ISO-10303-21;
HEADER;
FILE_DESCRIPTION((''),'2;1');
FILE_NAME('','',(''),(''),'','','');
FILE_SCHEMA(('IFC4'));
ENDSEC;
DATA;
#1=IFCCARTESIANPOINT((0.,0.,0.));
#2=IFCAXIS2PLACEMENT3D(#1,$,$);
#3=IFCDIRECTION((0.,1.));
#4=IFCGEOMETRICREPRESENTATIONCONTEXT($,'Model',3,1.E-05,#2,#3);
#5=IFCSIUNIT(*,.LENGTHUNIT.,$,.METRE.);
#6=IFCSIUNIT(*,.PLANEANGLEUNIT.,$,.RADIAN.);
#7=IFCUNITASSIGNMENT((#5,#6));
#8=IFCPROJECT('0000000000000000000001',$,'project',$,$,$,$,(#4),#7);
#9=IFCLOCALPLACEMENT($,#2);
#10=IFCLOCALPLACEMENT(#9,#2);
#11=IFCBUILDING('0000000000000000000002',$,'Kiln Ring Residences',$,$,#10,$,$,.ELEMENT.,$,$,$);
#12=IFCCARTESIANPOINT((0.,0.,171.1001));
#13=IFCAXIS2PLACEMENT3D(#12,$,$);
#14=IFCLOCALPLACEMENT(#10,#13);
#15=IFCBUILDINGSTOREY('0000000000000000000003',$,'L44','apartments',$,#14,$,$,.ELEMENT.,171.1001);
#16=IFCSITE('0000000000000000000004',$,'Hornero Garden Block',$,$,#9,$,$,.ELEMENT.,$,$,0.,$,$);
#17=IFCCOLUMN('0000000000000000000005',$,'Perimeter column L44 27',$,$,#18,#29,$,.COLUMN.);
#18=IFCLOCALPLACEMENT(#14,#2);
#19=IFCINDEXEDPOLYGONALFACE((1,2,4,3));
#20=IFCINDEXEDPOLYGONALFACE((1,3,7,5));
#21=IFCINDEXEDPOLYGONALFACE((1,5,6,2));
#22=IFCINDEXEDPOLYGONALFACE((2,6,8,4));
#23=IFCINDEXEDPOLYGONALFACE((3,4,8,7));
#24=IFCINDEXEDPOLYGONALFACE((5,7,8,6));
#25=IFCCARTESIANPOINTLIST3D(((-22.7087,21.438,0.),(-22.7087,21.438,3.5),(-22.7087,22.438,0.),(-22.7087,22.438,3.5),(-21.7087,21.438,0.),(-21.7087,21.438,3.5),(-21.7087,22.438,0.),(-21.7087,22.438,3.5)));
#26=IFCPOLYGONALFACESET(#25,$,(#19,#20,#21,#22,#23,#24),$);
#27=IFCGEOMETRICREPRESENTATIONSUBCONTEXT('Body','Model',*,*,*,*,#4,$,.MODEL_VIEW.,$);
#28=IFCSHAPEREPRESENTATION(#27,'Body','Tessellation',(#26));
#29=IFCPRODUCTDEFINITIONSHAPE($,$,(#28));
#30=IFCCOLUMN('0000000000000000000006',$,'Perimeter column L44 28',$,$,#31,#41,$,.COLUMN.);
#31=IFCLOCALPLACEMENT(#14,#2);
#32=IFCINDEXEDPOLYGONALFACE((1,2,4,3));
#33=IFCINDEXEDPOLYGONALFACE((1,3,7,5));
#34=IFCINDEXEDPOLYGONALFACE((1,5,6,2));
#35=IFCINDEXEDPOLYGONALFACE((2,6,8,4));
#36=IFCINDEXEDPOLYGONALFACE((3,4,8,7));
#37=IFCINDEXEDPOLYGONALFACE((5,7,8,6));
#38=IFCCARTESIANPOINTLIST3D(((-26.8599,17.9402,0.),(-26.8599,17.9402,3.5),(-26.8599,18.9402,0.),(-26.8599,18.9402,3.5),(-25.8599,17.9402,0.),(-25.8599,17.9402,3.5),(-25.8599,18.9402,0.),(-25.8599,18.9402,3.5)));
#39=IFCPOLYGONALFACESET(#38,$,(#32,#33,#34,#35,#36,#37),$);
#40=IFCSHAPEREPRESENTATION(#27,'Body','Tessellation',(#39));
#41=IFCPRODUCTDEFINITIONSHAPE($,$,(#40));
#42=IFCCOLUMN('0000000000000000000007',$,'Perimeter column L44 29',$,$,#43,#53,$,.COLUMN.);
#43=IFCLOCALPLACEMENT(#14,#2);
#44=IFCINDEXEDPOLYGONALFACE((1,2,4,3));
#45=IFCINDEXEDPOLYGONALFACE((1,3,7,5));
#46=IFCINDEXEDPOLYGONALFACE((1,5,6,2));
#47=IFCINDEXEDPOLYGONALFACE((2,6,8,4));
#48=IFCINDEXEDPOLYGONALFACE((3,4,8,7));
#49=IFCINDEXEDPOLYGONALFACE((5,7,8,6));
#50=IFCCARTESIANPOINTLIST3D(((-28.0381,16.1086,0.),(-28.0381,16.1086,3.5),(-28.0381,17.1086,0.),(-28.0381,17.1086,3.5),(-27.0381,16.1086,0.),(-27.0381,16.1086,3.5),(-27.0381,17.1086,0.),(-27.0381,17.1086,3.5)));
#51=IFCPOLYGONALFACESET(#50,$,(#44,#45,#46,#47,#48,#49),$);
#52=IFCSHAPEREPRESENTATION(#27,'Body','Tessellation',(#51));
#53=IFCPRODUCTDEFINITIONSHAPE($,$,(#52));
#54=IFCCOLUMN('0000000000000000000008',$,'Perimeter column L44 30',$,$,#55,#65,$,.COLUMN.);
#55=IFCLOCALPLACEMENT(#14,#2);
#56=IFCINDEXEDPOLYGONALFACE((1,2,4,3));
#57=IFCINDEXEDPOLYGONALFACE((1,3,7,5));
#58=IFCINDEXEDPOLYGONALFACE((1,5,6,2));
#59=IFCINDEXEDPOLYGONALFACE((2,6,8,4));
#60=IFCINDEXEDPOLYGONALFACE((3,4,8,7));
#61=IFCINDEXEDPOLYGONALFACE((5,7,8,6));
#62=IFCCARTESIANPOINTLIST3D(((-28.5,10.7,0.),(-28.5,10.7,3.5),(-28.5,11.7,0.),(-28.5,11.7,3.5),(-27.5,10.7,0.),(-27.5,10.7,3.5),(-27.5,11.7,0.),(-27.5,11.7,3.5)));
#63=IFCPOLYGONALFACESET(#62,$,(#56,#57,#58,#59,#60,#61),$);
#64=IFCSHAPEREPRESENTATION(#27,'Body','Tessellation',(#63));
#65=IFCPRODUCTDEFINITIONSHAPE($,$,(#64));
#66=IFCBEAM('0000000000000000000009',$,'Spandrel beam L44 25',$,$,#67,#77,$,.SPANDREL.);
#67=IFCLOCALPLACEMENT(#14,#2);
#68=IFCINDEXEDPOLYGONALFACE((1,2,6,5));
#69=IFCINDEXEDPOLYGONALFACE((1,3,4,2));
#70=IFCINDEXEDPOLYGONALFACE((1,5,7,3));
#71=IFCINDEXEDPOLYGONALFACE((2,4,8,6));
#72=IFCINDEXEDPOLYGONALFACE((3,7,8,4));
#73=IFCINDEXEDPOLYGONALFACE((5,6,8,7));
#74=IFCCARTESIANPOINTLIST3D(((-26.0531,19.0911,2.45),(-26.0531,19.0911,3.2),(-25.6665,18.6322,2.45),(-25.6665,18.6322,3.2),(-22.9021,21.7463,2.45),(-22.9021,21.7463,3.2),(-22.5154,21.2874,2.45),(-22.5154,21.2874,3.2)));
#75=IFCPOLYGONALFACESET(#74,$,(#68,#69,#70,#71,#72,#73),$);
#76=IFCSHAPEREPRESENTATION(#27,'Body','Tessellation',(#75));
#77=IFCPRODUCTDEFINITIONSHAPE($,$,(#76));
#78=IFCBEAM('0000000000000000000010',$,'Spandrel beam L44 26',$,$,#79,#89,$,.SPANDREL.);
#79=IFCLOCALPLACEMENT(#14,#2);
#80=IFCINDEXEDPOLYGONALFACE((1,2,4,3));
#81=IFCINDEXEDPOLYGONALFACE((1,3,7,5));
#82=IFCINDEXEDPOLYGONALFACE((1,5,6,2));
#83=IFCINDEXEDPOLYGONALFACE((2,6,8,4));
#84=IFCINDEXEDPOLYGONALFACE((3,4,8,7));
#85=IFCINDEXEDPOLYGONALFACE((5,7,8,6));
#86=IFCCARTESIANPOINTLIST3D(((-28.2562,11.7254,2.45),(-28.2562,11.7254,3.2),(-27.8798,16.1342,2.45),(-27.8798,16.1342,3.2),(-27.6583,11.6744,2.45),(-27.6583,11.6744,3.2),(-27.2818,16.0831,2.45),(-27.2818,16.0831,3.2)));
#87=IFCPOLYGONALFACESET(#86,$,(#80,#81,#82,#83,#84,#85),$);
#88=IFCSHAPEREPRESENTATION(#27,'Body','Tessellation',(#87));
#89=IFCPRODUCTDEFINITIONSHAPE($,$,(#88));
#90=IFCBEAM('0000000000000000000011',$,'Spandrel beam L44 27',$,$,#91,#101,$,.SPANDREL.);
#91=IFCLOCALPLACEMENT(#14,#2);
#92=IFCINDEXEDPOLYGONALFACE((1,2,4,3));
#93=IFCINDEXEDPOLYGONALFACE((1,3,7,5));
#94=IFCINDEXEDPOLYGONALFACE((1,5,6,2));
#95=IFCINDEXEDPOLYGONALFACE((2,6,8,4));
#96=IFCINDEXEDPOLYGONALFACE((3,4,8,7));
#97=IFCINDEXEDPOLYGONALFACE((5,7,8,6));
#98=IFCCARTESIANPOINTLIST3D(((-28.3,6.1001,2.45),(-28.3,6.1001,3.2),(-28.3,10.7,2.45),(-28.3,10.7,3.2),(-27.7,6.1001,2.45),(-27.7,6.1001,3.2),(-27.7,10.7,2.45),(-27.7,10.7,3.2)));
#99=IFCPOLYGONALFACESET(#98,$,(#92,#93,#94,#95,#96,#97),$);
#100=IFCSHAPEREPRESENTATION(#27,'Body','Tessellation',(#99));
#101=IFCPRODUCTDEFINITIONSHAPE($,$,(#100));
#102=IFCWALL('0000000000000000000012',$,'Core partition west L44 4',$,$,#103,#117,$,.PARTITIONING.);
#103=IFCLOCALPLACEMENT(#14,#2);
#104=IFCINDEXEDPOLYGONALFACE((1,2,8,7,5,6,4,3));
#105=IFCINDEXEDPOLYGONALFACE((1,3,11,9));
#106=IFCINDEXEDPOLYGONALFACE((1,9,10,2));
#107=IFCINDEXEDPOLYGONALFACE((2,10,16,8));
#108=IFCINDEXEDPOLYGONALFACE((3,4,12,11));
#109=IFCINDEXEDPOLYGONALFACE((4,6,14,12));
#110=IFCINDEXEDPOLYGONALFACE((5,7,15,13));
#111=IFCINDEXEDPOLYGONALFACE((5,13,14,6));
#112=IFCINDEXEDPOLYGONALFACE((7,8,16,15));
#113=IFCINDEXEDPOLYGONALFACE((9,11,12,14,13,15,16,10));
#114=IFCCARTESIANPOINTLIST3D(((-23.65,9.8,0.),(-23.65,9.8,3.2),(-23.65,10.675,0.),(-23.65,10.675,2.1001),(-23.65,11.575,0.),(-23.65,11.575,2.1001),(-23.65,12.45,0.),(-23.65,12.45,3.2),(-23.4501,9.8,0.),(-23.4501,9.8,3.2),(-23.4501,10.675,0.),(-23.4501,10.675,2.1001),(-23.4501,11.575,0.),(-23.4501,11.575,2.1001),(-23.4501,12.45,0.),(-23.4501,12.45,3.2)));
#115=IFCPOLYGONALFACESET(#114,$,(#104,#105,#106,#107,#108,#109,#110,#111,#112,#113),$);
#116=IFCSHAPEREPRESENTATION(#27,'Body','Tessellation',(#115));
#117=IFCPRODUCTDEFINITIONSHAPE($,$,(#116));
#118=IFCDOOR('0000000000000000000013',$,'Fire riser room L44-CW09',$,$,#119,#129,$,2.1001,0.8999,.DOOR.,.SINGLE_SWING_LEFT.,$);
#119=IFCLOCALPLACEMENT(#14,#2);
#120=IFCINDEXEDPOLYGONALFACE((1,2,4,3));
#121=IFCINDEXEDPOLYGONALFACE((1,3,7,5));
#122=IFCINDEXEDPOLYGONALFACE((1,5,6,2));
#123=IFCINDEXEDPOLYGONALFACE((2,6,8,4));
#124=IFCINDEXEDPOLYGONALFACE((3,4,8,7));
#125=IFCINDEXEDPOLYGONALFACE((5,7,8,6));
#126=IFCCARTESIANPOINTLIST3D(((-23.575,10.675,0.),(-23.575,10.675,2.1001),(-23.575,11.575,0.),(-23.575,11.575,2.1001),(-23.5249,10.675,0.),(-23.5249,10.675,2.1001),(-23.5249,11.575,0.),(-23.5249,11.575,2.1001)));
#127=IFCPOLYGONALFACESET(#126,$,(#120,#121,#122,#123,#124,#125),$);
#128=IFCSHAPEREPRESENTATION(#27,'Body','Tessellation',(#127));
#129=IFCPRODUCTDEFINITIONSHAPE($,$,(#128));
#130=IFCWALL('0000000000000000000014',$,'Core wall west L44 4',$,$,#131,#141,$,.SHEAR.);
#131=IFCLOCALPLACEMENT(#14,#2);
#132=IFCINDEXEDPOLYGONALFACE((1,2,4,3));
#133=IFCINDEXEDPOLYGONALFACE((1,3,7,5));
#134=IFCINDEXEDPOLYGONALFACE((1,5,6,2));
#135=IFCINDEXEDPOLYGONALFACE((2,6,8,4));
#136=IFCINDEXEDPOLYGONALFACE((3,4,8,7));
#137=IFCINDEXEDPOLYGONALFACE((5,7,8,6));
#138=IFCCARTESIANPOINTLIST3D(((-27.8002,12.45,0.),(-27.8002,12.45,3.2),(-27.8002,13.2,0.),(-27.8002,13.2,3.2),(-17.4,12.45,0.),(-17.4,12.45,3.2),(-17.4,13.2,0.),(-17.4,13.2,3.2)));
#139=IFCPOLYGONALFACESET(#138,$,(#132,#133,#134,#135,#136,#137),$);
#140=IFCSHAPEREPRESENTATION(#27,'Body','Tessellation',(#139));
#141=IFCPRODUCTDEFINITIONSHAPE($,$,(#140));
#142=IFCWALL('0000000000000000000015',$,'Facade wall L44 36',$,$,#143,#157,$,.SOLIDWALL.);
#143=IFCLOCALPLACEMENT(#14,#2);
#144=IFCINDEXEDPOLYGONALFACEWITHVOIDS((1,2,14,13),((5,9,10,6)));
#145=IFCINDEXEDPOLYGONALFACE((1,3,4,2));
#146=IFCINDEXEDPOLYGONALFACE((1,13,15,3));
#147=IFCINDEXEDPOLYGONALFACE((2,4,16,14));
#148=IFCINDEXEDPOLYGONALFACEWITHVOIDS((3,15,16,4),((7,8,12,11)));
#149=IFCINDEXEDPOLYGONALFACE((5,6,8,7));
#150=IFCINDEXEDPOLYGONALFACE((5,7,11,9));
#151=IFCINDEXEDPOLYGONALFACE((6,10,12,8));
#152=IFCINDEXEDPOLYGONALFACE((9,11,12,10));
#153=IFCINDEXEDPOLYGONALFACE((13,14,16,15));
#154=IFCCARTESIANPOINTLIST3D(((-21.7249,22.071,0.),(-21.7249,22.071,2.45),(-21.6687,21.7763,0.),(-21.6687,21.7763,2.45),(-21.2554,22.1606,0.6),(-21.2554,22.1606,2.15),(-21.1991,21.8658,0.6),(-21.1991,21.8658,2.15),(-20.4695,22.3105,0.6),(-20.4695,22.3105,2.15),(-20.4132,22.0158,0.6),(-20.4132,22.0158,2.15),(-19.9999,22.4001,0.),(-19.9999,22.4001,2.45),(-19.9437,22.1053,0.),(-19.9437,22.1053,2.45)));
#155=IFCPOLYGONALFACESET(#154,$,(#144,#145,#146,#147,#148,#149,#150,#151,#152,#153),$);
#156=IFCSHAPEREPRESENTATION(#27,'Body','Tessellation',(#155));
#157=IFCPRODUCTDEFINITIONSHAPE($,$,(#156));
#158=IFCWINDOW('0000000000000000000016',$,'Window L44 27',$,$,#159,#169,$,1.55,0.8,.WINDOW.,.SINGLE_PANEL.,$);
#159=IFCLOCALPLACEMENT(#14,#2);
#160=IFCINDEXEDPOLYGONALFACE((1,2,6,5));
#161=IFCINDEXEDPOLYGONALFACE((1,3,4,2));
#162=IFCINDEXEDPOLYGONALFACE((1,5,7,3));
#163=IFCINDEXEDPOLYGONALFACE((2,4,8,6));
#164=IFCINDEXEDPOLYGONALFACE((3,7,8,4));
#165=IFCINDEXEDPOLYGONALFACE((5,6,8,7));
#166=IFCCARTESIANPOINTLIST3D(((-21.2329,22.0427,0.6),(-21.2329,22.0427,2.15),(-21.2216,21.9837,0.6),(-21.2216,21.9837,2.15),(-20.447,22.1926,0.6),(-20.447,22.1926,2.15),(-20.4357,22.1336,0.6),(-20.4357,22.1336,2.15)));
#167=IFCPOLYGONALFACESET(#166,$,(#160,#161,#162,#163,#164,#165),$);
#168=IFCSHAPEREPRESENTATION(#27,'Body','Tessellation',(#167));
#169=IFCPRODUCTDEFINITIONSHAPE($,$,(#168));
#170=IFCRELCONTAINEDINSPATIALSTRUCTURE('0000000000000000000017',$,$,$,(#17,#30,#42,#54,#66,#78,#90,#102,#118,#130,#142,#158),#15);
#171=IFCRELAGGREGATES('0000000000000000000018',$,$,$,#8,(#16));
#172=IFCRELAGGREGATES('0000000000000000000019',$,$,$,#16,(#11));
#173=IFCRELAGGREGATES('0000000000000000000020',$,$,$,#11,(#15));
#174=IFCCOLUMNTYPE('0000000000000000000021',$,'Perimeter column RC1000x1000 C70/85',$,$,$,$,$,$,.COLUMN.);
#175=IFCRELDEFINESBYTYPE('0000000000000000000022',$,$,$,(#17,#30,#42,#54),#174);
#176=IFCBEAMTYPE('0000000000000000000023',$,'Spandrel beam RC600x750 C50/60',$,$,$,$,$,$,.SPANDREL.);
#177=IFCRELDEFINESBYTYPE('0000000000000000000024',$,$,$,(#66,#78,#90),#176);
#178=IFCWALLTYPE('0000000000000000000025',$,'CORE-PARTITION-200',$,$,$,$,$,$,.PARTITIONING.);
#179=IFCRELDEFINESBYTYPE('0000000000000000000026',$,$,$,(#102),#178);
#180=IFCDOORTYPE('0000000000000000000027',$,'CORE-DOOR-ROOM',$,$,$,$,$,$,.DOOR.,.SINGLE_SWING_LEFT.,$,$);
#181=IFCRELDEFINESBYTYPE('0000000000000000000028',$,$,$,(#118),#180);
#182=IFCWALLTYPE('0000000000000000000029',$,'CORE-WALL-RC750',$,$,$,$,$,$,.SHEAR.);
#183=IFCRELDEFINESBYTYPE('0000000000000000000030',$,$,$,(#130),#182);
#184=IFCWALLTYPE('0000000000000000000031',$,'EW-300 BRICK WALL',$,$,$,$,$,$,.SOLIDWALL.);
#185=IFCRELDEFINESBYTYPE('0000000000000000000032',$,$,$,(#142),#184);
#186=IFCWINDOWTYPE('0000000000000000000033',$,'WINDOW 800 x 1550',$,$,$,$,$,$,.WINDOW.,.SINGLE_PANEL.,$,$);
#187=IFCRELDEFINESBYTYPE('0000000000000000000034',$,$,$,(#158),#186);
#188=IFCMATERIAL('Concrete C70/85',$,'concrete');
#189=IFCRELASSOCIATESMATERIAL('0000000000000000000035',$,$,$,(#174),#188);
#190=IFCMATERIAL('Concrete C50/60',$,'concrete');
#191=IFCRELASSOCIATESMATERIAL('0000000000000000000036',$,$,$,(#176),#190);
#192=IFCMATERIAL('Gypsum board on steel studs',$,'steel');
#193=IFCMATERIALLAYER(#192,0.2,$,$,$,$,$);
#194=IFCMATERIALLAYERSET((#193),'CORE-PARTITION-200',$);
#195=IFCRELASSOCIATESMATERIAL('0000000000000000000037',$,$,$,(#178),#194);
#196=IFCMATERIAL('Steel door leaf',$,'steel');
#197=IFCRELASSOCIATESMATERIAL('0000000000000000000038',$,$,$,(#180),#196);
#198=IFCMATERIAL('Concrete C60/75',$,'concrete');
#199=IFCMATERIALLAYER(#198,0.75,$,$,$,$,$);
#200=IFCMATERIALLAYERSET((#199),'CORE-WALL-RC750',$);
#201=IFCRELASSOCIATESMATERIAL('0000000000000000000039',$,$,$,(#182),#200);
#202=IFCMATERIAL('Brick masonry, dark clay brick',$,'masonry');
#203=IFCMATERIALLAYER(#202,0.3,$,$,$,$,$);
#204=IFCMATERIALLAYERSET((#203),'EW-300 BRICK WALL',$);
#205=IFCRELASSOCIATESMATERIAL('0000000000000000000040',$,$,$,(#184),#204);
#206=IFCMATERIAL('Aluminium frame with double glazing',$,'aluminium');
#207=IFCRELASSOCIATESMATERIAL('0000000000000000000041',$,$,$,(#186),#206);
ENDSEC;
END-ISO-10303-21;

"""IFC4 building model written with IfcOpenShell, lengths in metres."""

from ifc_helpers import new_model, si_unit, direction, frame, frame_2d, origin, origin_2d, place, context, subcontext, project, spatial, rectangle, extrude, material, layer, layer_set, material_profile, profile_set, type_object, element, fill, save


model = new_model("IFC4")

# Units and contexts
model_context = context("Model", 3, precision=1e-05, world=origin(), true_north=direction((0.0, 1.0)))
body_context = subcontext(model_context, "Body", "Model", "MODEL_VIEW")
ifc_project = project(units=[si_unit("LENGTHUNIT", "METRE"), si_unit("PLANEANGLEUNIT", "RADIAN")], contexts=[model_context])

# Site, building, storey
site_placement = place(None, origin())
site = spatial("IfcSite", under=ifc_project, at=site_placement, Name="Hornero Garden Block", CompositionType="ELEMENT", RefElevation=0.0)
building_placement = place(site_placement, origin())
building = spatial("IfcBuilding", under=site, at=building_placement, Name="Kiln Ring Residences", CompositionType="ELEMENT")
storey_placement = place(building_placement, frame((0.0, 0.0, 171.1001)))
storey = spatial("IfcBuildingStorey", under=building, at=storey_placement, Name="L44", Description="apartments", CompositionType="ELEMENT", Elevation=171.1001)

# Columns
ifc_material_1 = material(Name="Concrete C70/85", Category="concrete")
ifc_material_profile_1 = material_profile(ifc_material_1, rectangle(XDim=1.0, YDim=1.0, at=origin_2d()), Name="RC1000x1000")
ifc_profile_set_1 = profile_set([ifc_material_profile_1], Name="Concrete C70/85")
column_type = type_object("IfcColumnType", Name="Perimeter column RC1000x1000 C70/85", PredefinedType="COLUMN", material=ifc_profile_set_1)
for number, where, z_axis, x_axis, name in (
    (1, (-22.2087, 21.938, 0.0), (0.0, 0.0, 1.0), (1.0, 0.0, 0.0), "Perimeter column L44 27"),
    (2, (-26.3599, 18.4402, 0.0), (0.0, 0.0, 1.0), (1.0, 0.0, 0.0), "Perimeter column L44 28"),
    (3, (-27.5381, 16.6086, 0.0), (0.0, 0.0, 1.0), (1.0, 0.0, 0.0), "Perimeter column L44 29"),
    (4, (-28.0, 11.2, 0.0), (0.0, 0.0, 1.0), (1.0, 0.0, 0.0), "Perimeter column L44 30"),
):
    element("IfcColumn", number, at=place(storey_placement, frame(where, z_axis=z_axis, x_axis=x_axis)), inside=storey, type_object=column_type, Name=name, PredefinedType="COLUMN", context=body_context, shape_type="SweptSolid", body=[
        extrude(rectangle(XDim=1.0, YDim=1.0, at=origin_2d()), origin(), (0.0, 0.0, 1.0), 3.5),
    ])

# Beams
ifc_material_2 = material(Name="Concrete C50/60", Category="concrete")
ifc_material_profile_2 = material_profile(ifc_material_2, rectangle(XDim=0.6001, YDim=0.75, at=origin_2d()), Name="RC600x750")
ifc_profile_set_2 = profile_set([ifc_material_profile_2], Name="Concrete C50/60")
beam_type = type_object("IfcBeamType", Name="Spandrel beam RC600x750 C50/60", PredefinedType="SPANDREL", material=ifc_profile_set_2)
beam_1_placement = place(storey_placement, frame((-22.7087, 21.5168, 2.825), z_axis=(-0.764708, -0.644377, 0.0), x_axis=(0.644377, -0.764708, 0.0)))
element("IfcBeam", 5, at=beam_1_placement, inside=storey, type_object=beam_type, Name="Spandrel beam L44 25", PredefinedType="SPANDREL", context=body_context, shape_type="SweptSolid", body=[
    extrude(rectangle(XDim=0.6001, YDim=0.75, at=origin_2d()), origin(), (0.0, 0.0, 1.0), 4.1206),
])
beam_2_placement = place(storey_placement, frame((-27.5808, 16.1086, 2.825), z_axis=(-0.085082, -0.996374, 0.0), x_axis=(0.996374, -0.085082, 0.0)))
element("IfcBeam", 6, at=beam_2_placement, inside=storey, type_object=beam_type, Name="Spandrel beam L44 26", PredefinedType="SPANDREL", context=body_context, shape_type="SweptSolid", body=[
    extrude(rectangle(XDim=0.6001, YDim=0.75, at=origin_2d()), origin(), (0.0, 0.0, 1.0), 4.4248),
])
beam_3_placement = place(storey_placement, frame((-28.0, 10.7, 2.825), z_axis=(0.0, -1.0, 0.0), x_axis=(1.0, 0.0, 0.0)))
element("IfcBeam", 7, at=beam_3_placement, inside=storey, type_object=beam_type, Name="Spandrel beam L44 27", PredefinedType="SPANDREL", context=body_context, shape_type="SweptSolid", body=[
    extrude(rectangle(XDim=0.6001, YDim=0.75, at=origin_2d()), origin(), (0.0, 0.0, 1.0), 4.5999),
])

# Wall, opening, door
ifc_material_3 = material(Name="Gypsum board on steel studs", Category="steel")
ifc_layer_1 = layer(ifc_material_3, 0.2)
ifc_layer_set_1 = layer_set([ifc_layer_1], Name="CORE-PARTITION-200")
wall_type_1 = type_object("IfcWallType", Name="CORE-PARTITION-200", PredefinedType="PARTITIONING", material=ifc_layer_set_1)
wall_1_placement = place(storey_placement, frame((-23.55, 9.8, 0.0), z_axis=(0.0, 0.0, 1.0), x_axis=(0.0, 1.0, 0.0)))
wall_1 = element("IfcWall", 8, at=wall_1_placement, inside=storey, type_object=wall_type_1, Name="Core partition west L44 4", PredefinedType="PARTITIONING", context=body_context, shape_type="SweptSolid", body=[
    extrude(rectangle(XDim=2.6499, YDim=0.2, at=frame_2d((1.325, 0.0))), origin(), (0.0, 0.0, 1.0), 3.2),
])
opening_1_placement = place(wall_1_placement, frame((0.875, 0.0, 0.0)))
opening_1 = element("IfcOpeningElement", 9, at=opening_1_placement, cuts=wall_1, PredefinedType="OPENING", context=body_context, shape_type="SweptSolid", body=[
    extrude(rectangle(XDim=0.8999, YDim=2.1001, at=frame_2d((0.45, 1.05))), frame((0.0, 0.1099, 0.0), z_axis=(0.0, -1.0, 0.0), x_axis=(1.0, 0.0, 0.0)), (0.0, 0.0, 1.0), 0.22),
])
ifc_material_4 = material(Name="Steel door leaf", Category="steel")
door_type_1 = type_object("IfcDoorType", Name="CORE-DOOR-ROOM", OperationType="SINGLE_SWING_LEFT", PredefinedType="DOOR", material=ifc_material_4)
door_1_placement = place(opening_1_placement, origin())
door_1 = element("IfcDoor", 10, at=door_1_placement, inside=storey, type_object=door_type_1, Name="Fire riser room L44-CW09", OperationType="SINGLE_SWING_LEFT", OverallHeight=2.1001, OverallWidth=0.8999, PredefinedType="DOOR", context=body_context, shape_type="SweptSolid", body=[
    extrude(rectangle(XDim=0.8999, YDim=2.1001, at=frame_2d((0.45, 1.05))), frame((0.0, 0.0249, 0.0), z_axis=(0.0, -1.0, 0.0), x_axis=(1.0, 0.0, 0.0)), (0.0, 0.0, 1.0), 0.05),
])
fill(opening_1, door_1)

# Wall
ifc_material_5 = material(Name="Concrete C60/75", Category="concrete")
ifc_layer_2 = layer(ifc_material_5, 0.75)
ifc_layer_set_2 = layer_set([ifc_layer_2], Name="CORE-WALL-RC750")
wall_type_2 = type_object("IfcWallType", Name="CORE-WALL-RC750", PredefinedType="SHEAR", material=ifc_layer_set_2)
wall_2_placement = place(storey_placement, frame((-17.3999, 12.825, 0.0), z_axis=(0.0, 0.0, 1.0), x_axis=(-1.0, 0.0, 0.0)))
element("IfcWall", 11, at=wall_2_placement, inside=storey, type_object=wall_type_2, Name="Core wall west L44 4", PredefinedType="SHEAR", context=body_context, shape_type="SweptSolid", body=[
    extrude(rectangle(XDim=10.4001, YDim=0.75, at=frame_2d((5.2002, 0.0))), origin(), (0.0, 0.0, 1.0), 3.2),
])

# Wall, opening, window
ifc_material_6 = material(Name="Brick masonry, dark clay brick", Category="masonry")
ifc_layer_3 = layer(ifc_material_6, 0.3)
ifc_layer_set_3 = layer_set([ifc_layer_3], Name="EW-300 BRICK WALL")
wall_type_3 = type_object("IfcWallType", Name="EW-300 BRICK WALL", PredefinedType="SOLIDWALL", material=ifc_layer_set_3)
wall_3_placement = place(storey_placement, frame((-19.9719, 22.2527, 0.0), z_axis=(0.0, 0.0, 1.0), x_axis=(-0.982285, -0.187393, 0.0)))
wall_3 = element("IfcWall", 12, at=wall_3_placement, inside=storey, type_object=wall_type_3, Name="Facade wall L44 36", PredefinedType="SOLIDWALL", context=body_context, shape_type="SweptSolid", body=[
    extrude(rectangle(XDim=1.7561, YDim=0.3, at=frame_2d((0.8779, 0.0))), origin(), (0.0, 0.0, 1.0), 2.45),
])
opening_2_placement = place(wall_3_placement, frame((0.478, 0.0, 0.6001)))
opening_2 = element("IfcOpeningElement", 13, at=opening_2_placement, cuts=wall_3, PredefinedType="OPENING", context=body_context, shape_type="SweptSolid", body=[
    extrude(rectangle(XDim=0.8, YDim=1.55, at=frame_2d((0.3999, 0.7749))), frame((0.0, 0.1599, 0.0), z_axis=(0.0, -1.0, 0.0), x_axis=(1.0, 0.0, 0.0)), (0.0, 0.0, 1.0), 0.3201),
])
ifc_material_7 = material(Name="Aluminium frame with double glazing", Category="aluminium")
window_type_1 = type_object("IfcWindowType", Name="WINDOW 800 x 1550", PartitioningType="SINGLE_PANEL", PredefinedType="WINDOW", material=ifc_material_7)
window_1_placement = place(opening_2_placement, origin())
window_1 = element("IfcWindow", 14, at=window_1_placement, inside=storey, type_object=window_type_1, Name="Window L44 27", OverallHeight=1.55, OverallWidth=0.8, PartitioningType="SINGLE_PANEL", PredefinedType="WINDOW", context=body_context, shape_type="SweptSolid", body=[
    extrude(rectangle(XDim=0.8, YDim=1.55, at=frame_2d((0.3999, 0.7749))), frame((0.0, 0.03, 0.0), z_axis=(0.0, -1.0, 0.0), x_axis=(1.0, 0.0, 0.0)), (0.0, 0.0, 1.0), 0.0601),
])
fill(opening_2, window_1)

save(model, "model.ifc")
